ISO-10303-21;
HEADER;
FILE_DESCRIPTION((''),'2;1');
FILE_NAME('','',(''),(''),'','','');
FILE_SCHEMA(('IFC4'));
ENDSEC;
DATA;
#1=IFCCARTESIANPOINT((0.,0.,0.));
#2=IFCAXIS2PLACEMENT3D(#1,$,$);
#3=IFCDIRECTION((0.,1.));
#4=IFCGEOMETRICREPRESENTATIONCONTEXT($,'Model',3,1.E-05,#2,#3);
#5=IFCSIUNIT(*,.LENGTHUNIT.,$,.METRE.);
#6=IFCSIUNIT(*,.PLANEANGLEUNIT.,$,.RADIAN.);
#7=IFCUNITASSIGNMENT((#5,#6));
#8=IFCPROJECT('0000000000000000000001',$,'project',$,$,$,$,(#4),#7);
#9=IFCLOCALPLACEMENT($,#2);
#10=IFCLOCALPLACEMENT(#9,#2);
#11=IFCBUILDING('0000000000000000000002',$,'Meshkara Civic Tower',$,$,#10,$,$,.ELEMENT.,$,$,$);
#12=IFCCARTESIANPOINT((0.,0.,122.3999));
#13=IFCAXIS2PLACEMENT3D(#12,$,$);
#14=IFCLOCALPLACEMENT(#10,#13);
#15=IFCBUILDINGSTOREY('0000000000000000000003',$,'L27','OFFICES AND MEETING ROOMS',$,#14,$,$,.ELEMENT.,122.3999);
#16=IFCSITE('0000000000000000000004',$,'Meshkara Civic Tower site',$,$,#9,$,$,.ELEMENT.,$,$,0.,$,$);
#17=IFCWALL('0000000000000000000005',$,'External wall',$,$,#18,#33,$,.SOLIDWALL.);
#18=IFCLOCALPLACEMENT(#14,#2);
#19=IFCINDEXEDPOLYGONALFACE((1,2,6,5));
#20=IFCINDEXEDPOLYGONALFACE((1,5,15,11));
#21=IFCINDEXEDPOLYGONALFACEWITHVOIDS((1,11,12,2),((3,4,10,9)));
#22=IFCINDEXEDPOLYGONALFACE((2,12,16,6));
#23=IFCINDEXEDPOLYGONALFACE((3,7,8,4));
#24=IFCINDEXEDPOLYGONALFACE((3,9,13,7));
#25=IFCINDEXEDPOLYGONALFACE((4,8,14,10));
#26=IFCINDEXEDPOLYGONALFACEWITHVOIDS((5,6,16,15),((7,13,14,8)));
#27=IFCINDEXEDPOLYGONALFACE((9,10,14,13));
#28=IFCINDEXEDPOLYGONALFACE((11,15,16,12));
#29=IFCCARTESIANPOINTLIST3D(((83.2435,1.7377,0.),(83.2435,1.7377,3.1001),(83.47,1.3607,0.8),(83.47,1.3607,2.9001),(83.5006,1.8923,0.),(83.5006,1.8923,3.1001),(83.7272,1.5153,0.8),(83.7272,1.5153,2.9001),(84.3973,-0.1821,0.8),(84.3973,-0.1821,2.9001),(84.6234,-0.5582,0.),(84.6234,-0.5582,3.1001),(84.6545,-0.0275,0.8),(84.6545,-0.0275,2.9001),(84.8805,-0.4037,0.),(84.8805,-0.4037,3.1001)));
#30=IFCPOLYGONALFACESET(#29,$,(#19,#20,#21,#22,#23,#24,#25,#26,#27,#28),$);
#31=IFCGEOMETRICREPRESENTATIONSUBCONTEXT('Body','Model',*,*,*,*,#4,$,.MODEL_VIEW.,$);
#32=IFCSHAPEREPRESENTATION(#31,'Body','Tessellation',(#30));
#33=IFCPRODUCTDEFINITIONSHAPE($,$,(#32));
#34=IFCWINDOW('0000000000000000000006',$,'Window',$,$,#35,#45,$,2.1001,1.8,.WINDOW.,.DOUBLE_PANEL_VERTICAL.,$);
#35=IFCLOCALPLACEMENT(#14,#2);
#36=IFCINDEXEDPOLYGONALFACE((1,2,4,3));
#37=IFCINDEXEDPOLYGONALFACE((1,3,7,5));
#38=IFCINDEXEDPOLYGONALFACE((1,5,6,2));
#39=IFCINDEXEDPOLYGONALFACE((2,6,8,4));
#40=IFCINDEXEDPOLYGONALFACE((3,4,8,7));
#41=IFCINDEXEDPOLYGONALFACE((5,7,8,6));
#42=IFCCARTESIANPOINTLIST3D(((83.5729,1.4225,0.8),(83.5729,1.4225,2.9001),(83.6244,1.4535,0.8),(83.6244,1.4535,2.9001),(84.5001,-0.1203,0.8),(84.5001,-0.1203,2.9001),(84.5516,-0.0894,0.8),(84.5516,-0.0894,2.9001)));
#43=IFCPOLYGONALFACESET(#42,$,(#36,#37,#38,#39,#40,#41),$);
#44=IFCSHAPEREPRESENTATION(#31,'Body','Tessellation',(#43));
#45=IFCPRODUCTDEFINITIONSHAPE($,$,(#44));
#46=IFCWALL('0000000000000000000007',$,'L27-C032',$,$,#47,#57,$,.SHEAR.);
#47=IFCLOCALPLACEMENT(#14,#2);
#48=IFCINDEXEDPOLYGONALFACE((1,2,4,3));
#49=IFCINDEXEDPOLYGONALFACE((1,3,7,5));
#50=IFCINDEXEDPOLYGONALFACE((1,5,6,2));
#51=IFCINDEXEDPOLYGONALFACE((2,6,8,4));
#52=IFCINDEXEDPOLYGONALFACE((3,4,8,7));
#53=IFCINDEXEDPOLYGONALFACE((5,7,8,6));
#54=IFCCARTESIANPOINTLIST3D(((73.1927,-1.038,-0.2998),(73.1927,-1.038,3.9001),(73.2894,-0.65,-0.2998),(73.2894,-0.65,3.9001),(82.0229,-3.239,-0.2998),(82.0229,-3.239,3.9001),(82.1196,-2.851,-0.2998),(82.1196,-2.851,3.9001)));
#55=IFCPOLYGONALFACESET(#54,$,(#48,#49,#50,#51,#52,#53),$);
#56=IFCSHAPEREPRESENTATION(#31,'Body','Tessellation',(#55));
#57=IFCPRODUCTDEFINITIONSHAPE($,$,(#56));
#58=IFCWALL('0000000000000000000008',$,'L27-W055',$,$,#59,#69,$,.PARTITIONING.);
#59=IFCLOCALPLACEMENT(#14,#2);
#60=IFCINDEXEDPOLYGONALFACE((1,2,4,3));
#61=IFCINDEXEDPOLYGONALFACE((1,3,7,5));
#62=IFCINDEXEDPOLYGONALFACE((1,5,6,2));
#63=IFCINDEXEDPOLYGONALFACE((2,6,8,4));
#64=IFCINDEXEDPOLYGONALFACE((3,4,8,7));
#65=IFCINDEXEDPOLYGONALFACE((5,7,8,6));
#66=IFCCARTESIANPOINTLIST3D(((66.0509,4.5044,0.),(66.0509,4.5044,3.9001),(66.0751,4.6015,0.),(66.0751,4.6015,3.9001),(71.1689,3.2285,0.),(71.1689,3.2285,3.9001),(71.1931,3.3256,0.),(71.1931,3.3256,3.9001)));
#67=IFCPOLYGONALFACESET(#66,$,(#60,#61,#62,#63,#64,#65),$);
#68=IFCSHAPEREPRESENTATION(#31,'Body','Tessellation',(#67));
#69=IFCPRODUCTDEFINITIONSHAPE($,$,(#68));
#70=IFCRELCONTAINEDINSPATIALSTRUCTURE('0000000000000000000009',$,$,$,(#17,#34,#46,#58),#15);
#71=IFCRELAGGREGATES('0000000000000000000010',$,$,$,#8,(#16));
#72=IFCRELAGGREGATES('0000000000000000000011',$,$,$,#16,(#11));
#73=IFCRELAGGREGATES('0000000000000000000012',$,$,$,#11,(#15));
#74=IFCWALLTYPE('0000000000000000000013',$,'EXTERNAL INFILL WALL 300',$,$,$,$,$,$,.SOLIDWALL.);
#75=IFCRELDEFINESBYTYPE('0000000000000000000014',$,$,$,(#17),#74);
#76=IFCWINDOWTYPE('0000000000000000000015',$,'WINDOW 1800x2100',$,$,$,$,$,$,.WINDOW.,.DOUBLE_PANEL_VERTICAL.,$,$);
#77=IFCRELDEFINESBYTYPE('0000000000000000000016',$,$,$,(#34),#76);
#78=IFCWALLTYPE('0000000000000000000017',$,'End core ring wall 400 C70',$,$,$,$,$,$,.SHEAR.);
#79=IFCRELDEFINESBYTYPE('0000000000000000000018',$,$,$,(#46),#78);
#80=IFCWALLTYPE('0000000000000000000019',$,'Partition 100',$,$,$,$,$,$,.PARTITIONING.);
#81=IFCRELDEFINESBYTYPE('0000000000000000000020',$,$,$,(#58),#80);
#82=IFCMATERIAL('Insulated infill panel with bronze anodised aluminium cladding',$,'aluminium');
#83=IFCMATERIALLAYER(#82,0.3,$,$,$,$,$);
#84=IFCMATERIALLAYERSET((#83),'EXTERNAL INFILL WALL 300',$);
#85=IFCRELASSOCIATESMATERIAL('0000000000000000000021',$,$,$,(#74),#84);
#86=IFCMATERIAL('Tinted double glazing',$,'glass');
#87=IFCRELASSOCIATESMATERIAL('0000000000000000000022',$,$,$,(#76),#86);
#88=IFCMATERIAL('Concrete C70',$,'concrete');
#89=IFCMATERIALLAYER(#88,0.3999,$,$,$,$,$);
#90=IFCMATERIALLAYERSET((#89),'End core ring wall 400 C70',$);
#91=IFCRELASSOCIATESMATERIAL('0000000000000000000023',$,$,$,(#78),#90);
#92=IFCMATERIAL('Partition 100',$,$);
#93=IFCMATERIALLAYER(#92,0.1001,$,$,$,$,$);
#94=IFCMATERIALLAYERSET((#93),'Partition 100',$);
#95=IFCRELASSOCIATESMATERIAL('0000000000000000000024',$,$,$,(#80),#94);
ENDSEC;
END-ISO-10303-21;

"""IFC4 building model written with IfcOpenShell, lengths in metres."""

from ifc_helpers import new_model, si_unit, direction, frame, frame_2d, origin, place, context, subcontext, project, spatial, rectangle, extrude, material, layer, layer_set, type_object, element, fill, save


model = new_model("IFC4")

# Units and contexts
model_context = context("Model", 3, precision=1e-05, world=origin(), true_north=direction((0.0, 1.0)))
body_context = subcontext(model_context, "Body", "Model", "MODEL_VIEW")
ifc_project = project(units=[si_unit("LENGTHUNIT", "METRE"), si_unit("PLANEANGLEUNIT", "RADIAN")], contexts=[model_context])

# Site, building, storey
site_placement = place(None, origin())
site = spatial("IfcSite", under=ifc_project, at=site_placement, Name="Meshkara Civic Tower site", CompositionType="ELEMENT", RefElevation=0.0)
building_placement = place(site_placement, origin())
building = spatial("IfcBuilding", under=site, at=building_placement, Name="Meshkara Civic Tower", CompositionType="ELEMENT")
storey_placement = place(building_placement, frame((0.0, 0.0, 122.3999)))
storey = spatial("IfcBuildingStorey", under=building, at=storey_placement, Name="L27", Description="OFFICES AND MEETING ROOMS", CompositionType="ELEMENT", Elevation=122.3999)

# Wall, opening, window
ifc_material_1 = material(Name="Insulated infill panel with bronze anodised aluminium cladding", Category="aluminium")
ifc_layer_1 = layer(ifc_material_1, 0.3)
ifc_layer_set_1 = layer_set([ifc_layer_1], Name="EXTERNAL INFILL WALL 300")
wall_type_1 = type_object("IfcWallType", Name="EXTERNAL INFILL WALL 300", PredefinedType="SOLIDWALL", material=ifc_layer_set_1)
ifc_material_2 = material(Name="Tinted double glazing", Category="glass")
window_type_1 = type_object("IfcWindowType", Name="WINDOW 1800x2100", PartitioningType="DOUBLE_PANEL_VERTICAL", PredefinedType="WINDOW", material=ifc_material_2)
wall_1_placement = place(storey_placement, frame((84.752, -0.481, 0.0), z_axis=(0.0, 0.0, 1.0), x_axis=(-0.515139, 0.857107, 0.0)))
wall_1 = element("IfcWall", 1, at=wall_1_placement, inside=storey, type_object=wall_type_1, Name="External wall", PredefinedType="SOLIDWALL", context=body_context, shape_type="SweptSolid", body=[
    extrude(rectangle(XDim=2.6787, YDim=0.3, at=frame_2d((1.3394, 0.0))), origin(), (0.0, 0.0, 1.0), 3.1001),
])
opening_1_placement = place(wall_1_placement, frame((0.439, 0.0, 0.8)))
opening_1 = element("IfcOpeningElement", 2, at=opening_1_placement, cuts=wall_1, PredefinedType="OPENING", context=body_context, shape_type="SweptSolid", body=[
    extrude(rectangle(XDim=1.8, YDim=2.1001, at=frame_2d((0.8999, 1.05))), frame((0.0, 0.1599, 0.0), z_axis=(0.0, -1.0, 0.0), x_axis=(1.0, 0.0, 0.0)), (0.0, 0.0, 1.0), 0.3201),
])
window_1_placement = place(opening_1_placement, origin())
window_1 = element("IfcWindow", 3, at=window_1_placement, inside=storey, type_object=window_type_1, Name="Window", OverallHeight=2.1001, OverallWidth=1.8, PartitioningType="DOUBLE_PANEL_VERTICAL", PredefinedType="WINDOW", context=body_context, shape_type="SweptSolid", body=[
    extrude(rectangle(XDim=1.8, YDim=2.1001, at=frame_2d((0.8999, 1.05))), frame((0.0, 0.03, 0.0), z_axis=(0.0, -1.0, 0.0), x_axis=(1.0, 0.0, 0.0)), (0.0, 0.0, 1.0), 0.0601),
])
fill(opening_1, window_1)

# Walls
ifc_material_3 = material(Name="Concrete C70", Category="concrete")
ifc_layer_2 = layer(ifc_material_3, 0.3999)
ifc_layer_set_2 = layer_set([ifc_layer_2], Name="End core ring wall 400 C70")
wall_type_2 = type_object("IfcWallType", Name="End core ring wall 400 C70", PredefinedType="SHEAR", material=ifc_layer_set_2)
wall_2_placement = place(storey_placement, frame((73.241, -0.844, -0.2998), z_axis=(0.0, 0.0, 1.0), x_axis=(0.970313, -0.241854, 0.0)))
element("IfcWall", 4, at=wall_2_placement, inside=storey, type_object=wall_type_2, Name="L27-C032", PredefinedType="SHEAR", context=body_context, shape_type="SweptSolid", body=[
    extrude(rectangle(XDim=9.1003, YDim=0.3999, at=frame_2d((4.5503, 0.0))), origin(), (0.0, 0.0, 1.0), 4.2),
])
ifc_material_4 = material(Name="Partition 100")
ifc_layer_3 = layer(ifc_material_4, 0.1001)
ifc_layer_set_3 = layer_set([ifc_layer_3], Name="Partition 100")
wall_type_3 = type_object("IfcWallType", Name="Partition 100", PredefinedType="PARTITIONING", material=ifc_layer_set_3)
wall_3_placement = place(storey_placement, frame((71.1809, 3.2771, 0.0), z_axis=(0.0, 0.0, 1.0), x_axis=(-0.970303, 0.241893, 0.0)))
element("IfcWall", 5, at=wall_3_placement, inside=storey, type_object=wall_type_3, Name="L27-W055", PredefinedType="PARTITIONING", context=body_context, shape_type="SweptSolid", body=[
    extrude(rectangle(XDim=5.2747, YDim=0.1001, at=frame_2d((2.6372, 0.0))), origin(), (0.0, 0.0, 1.0), 3.9001),
])

save(model, "model.ifc")
